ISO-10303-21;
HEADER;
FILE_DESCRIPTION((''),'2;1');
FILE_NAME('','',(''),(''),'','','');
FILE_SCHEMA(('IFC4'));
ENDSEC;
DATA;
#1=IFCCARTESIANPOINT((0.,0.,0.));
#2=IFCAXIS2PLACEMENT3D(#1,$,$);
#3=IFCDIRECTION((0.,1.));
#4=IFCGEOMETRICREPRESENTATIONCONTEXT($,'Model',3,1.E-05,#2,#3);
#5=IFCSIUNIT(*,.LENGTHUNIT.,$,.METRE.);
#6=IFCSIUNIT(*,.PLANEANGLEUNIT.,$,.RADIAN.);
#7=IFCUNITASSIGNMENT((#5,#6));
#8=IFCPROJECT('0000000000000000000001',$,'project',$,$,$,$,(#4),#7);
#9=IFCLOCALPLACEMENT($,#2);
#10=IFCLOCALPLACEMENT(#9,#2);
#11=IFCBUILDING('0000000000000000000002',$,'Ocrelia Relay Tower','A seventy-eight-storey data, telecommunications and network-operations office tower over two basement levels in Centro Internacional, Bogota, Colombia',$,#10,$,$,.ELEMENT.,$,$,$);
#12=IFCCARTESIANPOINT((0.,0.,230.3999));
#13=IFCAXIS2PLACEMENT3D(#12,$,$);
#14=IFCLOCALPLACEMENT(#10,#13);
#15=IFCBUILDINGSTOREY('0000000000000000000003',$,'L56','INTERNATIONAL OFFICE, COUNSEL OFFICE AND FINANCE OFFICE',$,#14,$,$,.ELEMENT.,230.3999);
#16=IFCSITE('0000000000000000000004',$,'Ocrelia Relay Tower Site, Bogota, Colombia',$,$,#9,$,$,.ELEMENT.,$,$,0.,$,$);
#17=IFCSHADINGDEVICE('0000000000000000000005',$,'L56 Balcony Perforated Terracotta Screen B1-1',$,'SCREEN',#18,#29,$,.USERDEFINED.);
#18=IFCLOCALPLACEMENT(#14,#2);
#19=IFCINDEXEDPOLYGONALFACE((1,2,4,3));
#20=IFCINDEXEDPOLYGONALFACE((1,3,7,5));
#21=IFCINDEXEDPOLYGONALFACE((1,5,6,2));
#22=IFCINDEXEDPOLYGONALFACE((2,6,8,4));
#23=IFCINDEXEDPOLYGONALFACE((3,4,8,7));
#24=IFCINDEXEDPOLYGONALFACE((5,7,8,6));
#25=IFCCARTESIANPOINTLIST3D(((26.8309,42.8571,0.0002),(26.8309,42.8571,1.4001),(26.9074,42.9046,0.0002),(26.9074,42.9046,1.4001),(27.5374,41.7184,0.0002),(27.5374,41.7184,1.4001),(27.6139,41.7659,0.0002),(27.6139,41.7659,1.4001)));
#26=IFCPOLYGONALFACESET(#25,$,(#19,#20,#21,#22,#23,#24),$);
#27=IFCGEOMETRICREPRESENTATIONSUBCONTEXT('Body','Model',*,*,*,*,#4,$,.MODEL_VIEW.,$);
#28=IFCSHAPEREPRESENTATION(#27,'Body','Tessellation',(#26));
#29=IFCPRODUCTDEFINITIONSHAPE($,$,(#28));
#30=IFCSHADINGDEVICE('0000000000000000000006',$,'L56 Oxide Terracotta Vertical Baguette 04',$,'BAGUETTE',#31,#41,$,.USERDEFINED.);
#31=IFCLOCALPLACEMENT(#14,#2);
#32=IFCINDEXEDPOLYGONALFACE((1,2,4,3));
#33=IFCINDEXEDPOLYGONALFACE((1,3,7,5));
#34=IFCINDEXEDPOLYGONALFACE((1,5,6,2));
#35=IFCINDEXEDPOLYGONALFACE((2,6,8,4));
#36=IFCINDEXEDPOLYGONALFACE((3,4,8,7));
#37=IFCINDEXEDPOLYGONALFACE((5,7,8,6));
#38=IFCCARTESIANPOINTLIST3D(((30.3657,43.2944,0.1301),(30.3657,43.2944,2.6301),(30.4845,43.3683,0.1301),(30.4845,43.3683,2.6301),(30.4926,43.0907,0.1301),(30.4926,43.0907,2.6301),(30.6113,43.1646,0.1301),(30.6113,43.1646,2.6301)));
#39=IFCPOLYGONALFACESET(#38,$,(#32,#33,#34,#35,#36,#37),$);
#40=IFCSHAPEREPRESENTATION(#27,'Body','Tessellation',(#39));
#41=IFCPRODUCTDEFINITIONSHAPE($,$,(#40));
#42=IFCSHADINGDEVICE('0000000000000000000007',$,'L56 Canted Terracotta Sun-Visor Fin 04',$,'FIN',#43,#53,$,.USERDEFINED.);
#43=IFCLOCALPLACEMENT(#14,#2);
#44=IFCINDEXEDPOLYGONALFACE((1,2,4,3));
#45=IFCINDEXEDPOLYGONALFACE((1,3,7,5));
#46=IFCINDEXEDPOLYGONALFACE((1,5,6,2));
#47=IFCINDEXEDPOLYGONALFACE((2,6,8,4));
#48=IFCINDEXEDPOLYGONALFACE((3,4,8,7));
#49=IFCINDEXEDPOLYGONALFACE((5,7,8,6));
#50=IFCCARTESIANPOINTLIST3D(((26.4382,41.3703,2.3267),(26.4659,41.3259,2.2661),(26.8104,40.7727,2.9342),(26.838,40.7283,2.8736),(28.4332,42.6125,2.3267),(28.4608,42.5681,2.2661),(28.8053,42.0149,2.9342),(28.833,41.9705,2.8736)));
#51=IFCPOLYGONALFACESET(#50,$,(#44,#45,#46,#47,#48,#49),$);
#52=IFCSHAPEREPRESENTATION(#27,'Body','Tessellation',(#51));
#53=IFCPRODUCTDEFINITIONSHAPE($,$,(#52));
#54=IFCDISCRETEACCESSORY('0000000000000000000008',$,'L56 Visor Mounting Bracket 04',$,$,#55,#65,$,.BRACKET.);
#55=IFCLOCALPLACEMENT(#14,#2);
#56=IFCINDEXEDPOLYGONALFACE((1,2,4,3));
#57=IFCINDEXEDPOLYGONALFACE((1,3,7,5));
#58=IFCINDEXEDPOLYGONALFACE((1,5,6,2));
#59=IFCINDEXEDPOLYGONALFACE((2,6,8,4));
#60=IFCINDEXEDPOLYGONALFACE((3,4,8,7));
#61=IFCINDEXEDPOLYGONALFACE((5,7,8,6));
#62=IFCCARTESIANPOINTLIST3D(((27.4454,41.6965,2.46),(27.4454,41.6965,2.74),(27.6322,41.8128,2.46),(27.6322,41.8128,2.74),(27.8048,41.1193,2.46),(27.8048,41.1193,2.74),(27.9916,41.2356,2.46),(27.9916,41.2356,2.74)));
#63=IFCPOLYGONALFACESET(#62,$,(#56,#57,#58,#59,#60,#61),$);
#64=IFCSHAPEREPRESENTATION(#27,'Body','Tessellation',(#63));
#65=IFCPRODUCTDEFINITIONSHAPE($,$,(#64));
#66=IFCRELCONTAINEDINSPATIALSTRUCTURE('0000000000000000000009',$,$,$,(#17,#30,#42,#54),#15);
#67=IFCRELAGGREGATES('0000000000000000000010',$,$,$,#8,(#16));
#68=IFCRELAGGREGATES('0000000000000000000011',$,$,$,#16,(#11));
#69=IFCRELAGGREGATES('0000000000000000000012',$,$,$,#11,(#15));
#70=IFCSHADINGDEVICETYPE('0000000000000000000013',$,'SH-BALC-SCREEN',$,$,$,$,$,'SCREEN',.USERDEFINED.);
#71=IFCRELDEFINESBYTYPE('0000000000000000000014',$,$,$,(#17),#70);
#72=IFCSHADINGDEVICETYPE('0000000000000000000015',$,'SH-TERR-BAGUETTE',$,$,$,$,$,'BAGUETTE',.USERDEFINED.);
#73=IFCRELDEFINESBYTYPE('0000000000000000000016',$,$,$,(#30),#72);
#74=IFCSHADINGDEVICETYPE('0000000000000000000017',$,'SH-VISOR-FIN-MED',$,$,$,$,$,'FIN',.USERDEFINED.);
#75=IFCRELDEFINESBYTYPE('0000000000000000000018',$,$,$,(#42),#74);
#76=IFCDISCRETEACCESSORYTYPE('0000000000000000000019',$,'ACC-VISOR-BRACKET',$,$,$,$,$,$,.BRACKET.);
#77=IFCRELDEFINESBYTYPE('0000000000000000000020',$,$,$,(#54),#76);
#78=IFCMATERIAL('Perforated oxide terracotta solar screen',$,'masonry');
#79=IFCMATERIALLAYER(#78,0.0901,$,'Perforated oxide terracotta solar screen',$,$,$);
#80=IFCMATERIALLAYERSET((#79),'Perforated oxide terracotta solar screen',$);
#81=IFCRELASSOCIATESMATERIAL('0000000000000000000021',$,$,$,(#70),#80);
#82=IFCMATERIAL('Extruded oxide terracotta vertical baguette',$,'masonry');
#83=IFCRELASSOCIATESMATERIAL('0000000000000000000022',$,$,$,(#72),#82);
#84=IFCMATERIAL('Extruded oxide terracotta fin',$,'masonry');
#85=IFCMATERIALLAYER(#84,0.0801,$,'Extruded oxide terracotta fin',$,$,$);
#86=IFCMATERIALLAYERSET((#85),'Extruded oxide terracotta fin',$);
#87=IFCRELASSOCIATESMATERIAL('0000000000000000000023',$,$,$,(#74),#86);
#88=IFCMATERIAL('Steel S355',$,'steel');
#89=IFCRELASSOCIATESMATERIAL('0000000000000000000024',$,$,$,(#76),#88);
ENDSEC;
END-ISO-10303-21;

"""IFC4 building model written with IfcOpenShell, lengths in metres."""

from ifc_helpers import new_model, si_unit, direction, frame, origin, origin_2d, place, context, subcontext, project, spatial, rectangle, extrude, material, layer, layer_set, type_object, element, save


model = new_model("IFC4")

# Units and contexts
model_context = context("Model", 3, precision=1e-05, world=origin(), true_north=direction((0.0, 1.0)))
body_context = subcontext(model_context, "Body", "Model", "MODEL_VIEW")
ifc_project = project(units=[si_unit("LENGTHUNIT", "METRE"), si_unit("PLANEANGLEUNIT", "RADIAN")], contexts=[model_context])

# Site, building, storey
site_placement = place(None, origin())
site = spatial("IfcSite", under=ifc_project, at=site_placement, Name="Ocrelia Relay Tower Site, Bogota, Colombia", CompositionType="ELEMENT", RefElevation=0.0)
building_placement = place(site_placement, origin())
building = spatial("IfcBuilding", under=site, at=building_placement, Name="Ocrelia Relay Tower", Description="A seventy-eight-storey data, telecommunications and network-operations office tower over two basement levels in Centro Internacional, Bogota, Colombia", CompositionType="ELEMENT")
storey_placement = place(building_placement, frame((0.0, 0.0, 230.3999)))
storey = spatial("IfcBuildingStorey", under=building, at=storey_placement, Name="L56", Description="INTERNATIONAL OFFICE, COUNSEL OFFICE AND FINANCE OFFICE", CompositionType="ELEMENT", Elevation=230.3999)

# Shared definitions
ifc_material_1 = material(Name="Steel S355", Category="steel")

# Shading devices
ifc_material_2 = material(Name="Perforated oxide terracotta solar screen", Category="masonry")
ifc_layer_1 = layer(ifc_material_2, 0.0901, Name="Perforated oxide terracotta solar screen")
ifc_layer_set_1 = layer_set([ifc_layer_1], Name="Perforated oxide terracotta solar screen")
shading_device_type_1 = type_object("IfcShadingDeviceType", Name="SH-BALC-SCREEN", ElementType="SCREEN", PredefinedType="USERDEFINED", material=ifc_layer_set_1)
shading_device_1_placement = place(storey_placement, frame((27.2224, 42.3115, 0.0002), z_axis=(0.0, 0.0, 1.0), x_axis=(-0.527209, 0.849736, 0.0)))
element("IfcShadingDevice", 1, at=shading_device_1_placement, inside=storey, type_object=shading_device_type_1, Name="L56 Balcony Perforated Terracotta Screen B1-1", ObjectType="SCREEN", PredefinedType="USERDEFINED", context=body_context, shape_type="SweptSolid", body=[
    extrude(rectangle(XDim=1.3401, YDim=0.0901, at=origin_2d()), origin(), (0.0, 0.0, 1.0), 1.3999),
])
ifc_material_3 = material(Name="Extruded oxide terracotta vertical baguette", Category="masonry")
shading_device_type_2 = type_object("IfcShadingDeviceType", Name="SH-TERR-BAGUETTE", ElementType="BAGUETTE", PredefinedType="USERDEFINED", material=ifc_material_3)
shading_device_2_placement = place(storey_placement, frame((30.4885, 43.2295, 0.1301), z_axis=(0.0, 0.0, 1.0), x_axis=(-0.848888, -0.528573, 0.0)))
element("IfcShadingDevice", 2, at=shading_device_2_placement, inside=storey, type_object=shading_device_type_2, Name="L56 Oxide Terracotta Vertical Baguette 04", ObjectType="BAGUETTE", PredefinedType="USERDEFINED", context=body_context, shape_type="SweptSolid", body=[
    extrude(rectangle(XDim=0.1399, YDim=0.24, at=origin_2d()), origin(), (0.0, 0.0, 1.0), 2.5),
])
ifc_material_4 = material(Name="Extruded oxide terracotta fin", Category="masonry")
ifc_layer_2 = layer(ifc_material_4, 0.0801, Name="Extruded oxide terracotta fin")
ifc_layer_set_2 = layer_set([ifc_layer_2], Name="Extruded oxide terracotta fin")
shading_device_type_3 = type_object("IfcShadingDeviceType", Name="SH-VISOR-FIN-MED", ElementType="FIN", PredefinedType="USERDEFINED", material=ifc_layer_set_2)
shading_device_3_placement = place(storey_placement, frame((27.6494, 41.6482, 2.5698), z_axis=(-0.345311, 0.554569, 0.757109), x_axis=(-0.848888, -0.528573, 0.0)))
element("IfcShadingDevice", 3, at=shading_device_3_placement, inside=storey, type_object=shading_device_type_3, Name="L56 Canted Terracotta Sun-Visor Fin 04", ObjectType="FIN", PredefinedType="USERDEFINED", context=body_context, shape_type="SweptSolid", body=[
    extrude(rectangle(XDim=2.3501, YDim=0.9299, at=origin_2d()), origin(), (0.0, 0.0, 1.0), 0.0801),
])

# Discrete accessory
discrete_accessory_type = type_object("IfcDiscreteAccessoryType", Name="ACC-VISOR-BRACKET", PredefinedType="BRACKET", material=ifc_material_1)
discrete_accessory_placement = place(storey_placement, frame((27.7185, 41.4661, 2.46), z_axis=(0.0, 0.0, 1.0), x_axis=(-0.848888, -0.528573, 0.0)))
element("IfcDiscreteAccessory", 4, at=discrete_accessory_placement, inside=storey, type_object=discrete_accessory_type, Name="L56 Visor Mounting Bracket 04", PredefinedType="BRACKET", context=body_context, shape_type="SweptSolid", body=[
    extrude(rectangle(XDim=0.22, YDim=0.6799, at=origin_2d()), origin(), (0.0, 0.0, 1.0), 0.28),
])

save(model, "model.ifc")
